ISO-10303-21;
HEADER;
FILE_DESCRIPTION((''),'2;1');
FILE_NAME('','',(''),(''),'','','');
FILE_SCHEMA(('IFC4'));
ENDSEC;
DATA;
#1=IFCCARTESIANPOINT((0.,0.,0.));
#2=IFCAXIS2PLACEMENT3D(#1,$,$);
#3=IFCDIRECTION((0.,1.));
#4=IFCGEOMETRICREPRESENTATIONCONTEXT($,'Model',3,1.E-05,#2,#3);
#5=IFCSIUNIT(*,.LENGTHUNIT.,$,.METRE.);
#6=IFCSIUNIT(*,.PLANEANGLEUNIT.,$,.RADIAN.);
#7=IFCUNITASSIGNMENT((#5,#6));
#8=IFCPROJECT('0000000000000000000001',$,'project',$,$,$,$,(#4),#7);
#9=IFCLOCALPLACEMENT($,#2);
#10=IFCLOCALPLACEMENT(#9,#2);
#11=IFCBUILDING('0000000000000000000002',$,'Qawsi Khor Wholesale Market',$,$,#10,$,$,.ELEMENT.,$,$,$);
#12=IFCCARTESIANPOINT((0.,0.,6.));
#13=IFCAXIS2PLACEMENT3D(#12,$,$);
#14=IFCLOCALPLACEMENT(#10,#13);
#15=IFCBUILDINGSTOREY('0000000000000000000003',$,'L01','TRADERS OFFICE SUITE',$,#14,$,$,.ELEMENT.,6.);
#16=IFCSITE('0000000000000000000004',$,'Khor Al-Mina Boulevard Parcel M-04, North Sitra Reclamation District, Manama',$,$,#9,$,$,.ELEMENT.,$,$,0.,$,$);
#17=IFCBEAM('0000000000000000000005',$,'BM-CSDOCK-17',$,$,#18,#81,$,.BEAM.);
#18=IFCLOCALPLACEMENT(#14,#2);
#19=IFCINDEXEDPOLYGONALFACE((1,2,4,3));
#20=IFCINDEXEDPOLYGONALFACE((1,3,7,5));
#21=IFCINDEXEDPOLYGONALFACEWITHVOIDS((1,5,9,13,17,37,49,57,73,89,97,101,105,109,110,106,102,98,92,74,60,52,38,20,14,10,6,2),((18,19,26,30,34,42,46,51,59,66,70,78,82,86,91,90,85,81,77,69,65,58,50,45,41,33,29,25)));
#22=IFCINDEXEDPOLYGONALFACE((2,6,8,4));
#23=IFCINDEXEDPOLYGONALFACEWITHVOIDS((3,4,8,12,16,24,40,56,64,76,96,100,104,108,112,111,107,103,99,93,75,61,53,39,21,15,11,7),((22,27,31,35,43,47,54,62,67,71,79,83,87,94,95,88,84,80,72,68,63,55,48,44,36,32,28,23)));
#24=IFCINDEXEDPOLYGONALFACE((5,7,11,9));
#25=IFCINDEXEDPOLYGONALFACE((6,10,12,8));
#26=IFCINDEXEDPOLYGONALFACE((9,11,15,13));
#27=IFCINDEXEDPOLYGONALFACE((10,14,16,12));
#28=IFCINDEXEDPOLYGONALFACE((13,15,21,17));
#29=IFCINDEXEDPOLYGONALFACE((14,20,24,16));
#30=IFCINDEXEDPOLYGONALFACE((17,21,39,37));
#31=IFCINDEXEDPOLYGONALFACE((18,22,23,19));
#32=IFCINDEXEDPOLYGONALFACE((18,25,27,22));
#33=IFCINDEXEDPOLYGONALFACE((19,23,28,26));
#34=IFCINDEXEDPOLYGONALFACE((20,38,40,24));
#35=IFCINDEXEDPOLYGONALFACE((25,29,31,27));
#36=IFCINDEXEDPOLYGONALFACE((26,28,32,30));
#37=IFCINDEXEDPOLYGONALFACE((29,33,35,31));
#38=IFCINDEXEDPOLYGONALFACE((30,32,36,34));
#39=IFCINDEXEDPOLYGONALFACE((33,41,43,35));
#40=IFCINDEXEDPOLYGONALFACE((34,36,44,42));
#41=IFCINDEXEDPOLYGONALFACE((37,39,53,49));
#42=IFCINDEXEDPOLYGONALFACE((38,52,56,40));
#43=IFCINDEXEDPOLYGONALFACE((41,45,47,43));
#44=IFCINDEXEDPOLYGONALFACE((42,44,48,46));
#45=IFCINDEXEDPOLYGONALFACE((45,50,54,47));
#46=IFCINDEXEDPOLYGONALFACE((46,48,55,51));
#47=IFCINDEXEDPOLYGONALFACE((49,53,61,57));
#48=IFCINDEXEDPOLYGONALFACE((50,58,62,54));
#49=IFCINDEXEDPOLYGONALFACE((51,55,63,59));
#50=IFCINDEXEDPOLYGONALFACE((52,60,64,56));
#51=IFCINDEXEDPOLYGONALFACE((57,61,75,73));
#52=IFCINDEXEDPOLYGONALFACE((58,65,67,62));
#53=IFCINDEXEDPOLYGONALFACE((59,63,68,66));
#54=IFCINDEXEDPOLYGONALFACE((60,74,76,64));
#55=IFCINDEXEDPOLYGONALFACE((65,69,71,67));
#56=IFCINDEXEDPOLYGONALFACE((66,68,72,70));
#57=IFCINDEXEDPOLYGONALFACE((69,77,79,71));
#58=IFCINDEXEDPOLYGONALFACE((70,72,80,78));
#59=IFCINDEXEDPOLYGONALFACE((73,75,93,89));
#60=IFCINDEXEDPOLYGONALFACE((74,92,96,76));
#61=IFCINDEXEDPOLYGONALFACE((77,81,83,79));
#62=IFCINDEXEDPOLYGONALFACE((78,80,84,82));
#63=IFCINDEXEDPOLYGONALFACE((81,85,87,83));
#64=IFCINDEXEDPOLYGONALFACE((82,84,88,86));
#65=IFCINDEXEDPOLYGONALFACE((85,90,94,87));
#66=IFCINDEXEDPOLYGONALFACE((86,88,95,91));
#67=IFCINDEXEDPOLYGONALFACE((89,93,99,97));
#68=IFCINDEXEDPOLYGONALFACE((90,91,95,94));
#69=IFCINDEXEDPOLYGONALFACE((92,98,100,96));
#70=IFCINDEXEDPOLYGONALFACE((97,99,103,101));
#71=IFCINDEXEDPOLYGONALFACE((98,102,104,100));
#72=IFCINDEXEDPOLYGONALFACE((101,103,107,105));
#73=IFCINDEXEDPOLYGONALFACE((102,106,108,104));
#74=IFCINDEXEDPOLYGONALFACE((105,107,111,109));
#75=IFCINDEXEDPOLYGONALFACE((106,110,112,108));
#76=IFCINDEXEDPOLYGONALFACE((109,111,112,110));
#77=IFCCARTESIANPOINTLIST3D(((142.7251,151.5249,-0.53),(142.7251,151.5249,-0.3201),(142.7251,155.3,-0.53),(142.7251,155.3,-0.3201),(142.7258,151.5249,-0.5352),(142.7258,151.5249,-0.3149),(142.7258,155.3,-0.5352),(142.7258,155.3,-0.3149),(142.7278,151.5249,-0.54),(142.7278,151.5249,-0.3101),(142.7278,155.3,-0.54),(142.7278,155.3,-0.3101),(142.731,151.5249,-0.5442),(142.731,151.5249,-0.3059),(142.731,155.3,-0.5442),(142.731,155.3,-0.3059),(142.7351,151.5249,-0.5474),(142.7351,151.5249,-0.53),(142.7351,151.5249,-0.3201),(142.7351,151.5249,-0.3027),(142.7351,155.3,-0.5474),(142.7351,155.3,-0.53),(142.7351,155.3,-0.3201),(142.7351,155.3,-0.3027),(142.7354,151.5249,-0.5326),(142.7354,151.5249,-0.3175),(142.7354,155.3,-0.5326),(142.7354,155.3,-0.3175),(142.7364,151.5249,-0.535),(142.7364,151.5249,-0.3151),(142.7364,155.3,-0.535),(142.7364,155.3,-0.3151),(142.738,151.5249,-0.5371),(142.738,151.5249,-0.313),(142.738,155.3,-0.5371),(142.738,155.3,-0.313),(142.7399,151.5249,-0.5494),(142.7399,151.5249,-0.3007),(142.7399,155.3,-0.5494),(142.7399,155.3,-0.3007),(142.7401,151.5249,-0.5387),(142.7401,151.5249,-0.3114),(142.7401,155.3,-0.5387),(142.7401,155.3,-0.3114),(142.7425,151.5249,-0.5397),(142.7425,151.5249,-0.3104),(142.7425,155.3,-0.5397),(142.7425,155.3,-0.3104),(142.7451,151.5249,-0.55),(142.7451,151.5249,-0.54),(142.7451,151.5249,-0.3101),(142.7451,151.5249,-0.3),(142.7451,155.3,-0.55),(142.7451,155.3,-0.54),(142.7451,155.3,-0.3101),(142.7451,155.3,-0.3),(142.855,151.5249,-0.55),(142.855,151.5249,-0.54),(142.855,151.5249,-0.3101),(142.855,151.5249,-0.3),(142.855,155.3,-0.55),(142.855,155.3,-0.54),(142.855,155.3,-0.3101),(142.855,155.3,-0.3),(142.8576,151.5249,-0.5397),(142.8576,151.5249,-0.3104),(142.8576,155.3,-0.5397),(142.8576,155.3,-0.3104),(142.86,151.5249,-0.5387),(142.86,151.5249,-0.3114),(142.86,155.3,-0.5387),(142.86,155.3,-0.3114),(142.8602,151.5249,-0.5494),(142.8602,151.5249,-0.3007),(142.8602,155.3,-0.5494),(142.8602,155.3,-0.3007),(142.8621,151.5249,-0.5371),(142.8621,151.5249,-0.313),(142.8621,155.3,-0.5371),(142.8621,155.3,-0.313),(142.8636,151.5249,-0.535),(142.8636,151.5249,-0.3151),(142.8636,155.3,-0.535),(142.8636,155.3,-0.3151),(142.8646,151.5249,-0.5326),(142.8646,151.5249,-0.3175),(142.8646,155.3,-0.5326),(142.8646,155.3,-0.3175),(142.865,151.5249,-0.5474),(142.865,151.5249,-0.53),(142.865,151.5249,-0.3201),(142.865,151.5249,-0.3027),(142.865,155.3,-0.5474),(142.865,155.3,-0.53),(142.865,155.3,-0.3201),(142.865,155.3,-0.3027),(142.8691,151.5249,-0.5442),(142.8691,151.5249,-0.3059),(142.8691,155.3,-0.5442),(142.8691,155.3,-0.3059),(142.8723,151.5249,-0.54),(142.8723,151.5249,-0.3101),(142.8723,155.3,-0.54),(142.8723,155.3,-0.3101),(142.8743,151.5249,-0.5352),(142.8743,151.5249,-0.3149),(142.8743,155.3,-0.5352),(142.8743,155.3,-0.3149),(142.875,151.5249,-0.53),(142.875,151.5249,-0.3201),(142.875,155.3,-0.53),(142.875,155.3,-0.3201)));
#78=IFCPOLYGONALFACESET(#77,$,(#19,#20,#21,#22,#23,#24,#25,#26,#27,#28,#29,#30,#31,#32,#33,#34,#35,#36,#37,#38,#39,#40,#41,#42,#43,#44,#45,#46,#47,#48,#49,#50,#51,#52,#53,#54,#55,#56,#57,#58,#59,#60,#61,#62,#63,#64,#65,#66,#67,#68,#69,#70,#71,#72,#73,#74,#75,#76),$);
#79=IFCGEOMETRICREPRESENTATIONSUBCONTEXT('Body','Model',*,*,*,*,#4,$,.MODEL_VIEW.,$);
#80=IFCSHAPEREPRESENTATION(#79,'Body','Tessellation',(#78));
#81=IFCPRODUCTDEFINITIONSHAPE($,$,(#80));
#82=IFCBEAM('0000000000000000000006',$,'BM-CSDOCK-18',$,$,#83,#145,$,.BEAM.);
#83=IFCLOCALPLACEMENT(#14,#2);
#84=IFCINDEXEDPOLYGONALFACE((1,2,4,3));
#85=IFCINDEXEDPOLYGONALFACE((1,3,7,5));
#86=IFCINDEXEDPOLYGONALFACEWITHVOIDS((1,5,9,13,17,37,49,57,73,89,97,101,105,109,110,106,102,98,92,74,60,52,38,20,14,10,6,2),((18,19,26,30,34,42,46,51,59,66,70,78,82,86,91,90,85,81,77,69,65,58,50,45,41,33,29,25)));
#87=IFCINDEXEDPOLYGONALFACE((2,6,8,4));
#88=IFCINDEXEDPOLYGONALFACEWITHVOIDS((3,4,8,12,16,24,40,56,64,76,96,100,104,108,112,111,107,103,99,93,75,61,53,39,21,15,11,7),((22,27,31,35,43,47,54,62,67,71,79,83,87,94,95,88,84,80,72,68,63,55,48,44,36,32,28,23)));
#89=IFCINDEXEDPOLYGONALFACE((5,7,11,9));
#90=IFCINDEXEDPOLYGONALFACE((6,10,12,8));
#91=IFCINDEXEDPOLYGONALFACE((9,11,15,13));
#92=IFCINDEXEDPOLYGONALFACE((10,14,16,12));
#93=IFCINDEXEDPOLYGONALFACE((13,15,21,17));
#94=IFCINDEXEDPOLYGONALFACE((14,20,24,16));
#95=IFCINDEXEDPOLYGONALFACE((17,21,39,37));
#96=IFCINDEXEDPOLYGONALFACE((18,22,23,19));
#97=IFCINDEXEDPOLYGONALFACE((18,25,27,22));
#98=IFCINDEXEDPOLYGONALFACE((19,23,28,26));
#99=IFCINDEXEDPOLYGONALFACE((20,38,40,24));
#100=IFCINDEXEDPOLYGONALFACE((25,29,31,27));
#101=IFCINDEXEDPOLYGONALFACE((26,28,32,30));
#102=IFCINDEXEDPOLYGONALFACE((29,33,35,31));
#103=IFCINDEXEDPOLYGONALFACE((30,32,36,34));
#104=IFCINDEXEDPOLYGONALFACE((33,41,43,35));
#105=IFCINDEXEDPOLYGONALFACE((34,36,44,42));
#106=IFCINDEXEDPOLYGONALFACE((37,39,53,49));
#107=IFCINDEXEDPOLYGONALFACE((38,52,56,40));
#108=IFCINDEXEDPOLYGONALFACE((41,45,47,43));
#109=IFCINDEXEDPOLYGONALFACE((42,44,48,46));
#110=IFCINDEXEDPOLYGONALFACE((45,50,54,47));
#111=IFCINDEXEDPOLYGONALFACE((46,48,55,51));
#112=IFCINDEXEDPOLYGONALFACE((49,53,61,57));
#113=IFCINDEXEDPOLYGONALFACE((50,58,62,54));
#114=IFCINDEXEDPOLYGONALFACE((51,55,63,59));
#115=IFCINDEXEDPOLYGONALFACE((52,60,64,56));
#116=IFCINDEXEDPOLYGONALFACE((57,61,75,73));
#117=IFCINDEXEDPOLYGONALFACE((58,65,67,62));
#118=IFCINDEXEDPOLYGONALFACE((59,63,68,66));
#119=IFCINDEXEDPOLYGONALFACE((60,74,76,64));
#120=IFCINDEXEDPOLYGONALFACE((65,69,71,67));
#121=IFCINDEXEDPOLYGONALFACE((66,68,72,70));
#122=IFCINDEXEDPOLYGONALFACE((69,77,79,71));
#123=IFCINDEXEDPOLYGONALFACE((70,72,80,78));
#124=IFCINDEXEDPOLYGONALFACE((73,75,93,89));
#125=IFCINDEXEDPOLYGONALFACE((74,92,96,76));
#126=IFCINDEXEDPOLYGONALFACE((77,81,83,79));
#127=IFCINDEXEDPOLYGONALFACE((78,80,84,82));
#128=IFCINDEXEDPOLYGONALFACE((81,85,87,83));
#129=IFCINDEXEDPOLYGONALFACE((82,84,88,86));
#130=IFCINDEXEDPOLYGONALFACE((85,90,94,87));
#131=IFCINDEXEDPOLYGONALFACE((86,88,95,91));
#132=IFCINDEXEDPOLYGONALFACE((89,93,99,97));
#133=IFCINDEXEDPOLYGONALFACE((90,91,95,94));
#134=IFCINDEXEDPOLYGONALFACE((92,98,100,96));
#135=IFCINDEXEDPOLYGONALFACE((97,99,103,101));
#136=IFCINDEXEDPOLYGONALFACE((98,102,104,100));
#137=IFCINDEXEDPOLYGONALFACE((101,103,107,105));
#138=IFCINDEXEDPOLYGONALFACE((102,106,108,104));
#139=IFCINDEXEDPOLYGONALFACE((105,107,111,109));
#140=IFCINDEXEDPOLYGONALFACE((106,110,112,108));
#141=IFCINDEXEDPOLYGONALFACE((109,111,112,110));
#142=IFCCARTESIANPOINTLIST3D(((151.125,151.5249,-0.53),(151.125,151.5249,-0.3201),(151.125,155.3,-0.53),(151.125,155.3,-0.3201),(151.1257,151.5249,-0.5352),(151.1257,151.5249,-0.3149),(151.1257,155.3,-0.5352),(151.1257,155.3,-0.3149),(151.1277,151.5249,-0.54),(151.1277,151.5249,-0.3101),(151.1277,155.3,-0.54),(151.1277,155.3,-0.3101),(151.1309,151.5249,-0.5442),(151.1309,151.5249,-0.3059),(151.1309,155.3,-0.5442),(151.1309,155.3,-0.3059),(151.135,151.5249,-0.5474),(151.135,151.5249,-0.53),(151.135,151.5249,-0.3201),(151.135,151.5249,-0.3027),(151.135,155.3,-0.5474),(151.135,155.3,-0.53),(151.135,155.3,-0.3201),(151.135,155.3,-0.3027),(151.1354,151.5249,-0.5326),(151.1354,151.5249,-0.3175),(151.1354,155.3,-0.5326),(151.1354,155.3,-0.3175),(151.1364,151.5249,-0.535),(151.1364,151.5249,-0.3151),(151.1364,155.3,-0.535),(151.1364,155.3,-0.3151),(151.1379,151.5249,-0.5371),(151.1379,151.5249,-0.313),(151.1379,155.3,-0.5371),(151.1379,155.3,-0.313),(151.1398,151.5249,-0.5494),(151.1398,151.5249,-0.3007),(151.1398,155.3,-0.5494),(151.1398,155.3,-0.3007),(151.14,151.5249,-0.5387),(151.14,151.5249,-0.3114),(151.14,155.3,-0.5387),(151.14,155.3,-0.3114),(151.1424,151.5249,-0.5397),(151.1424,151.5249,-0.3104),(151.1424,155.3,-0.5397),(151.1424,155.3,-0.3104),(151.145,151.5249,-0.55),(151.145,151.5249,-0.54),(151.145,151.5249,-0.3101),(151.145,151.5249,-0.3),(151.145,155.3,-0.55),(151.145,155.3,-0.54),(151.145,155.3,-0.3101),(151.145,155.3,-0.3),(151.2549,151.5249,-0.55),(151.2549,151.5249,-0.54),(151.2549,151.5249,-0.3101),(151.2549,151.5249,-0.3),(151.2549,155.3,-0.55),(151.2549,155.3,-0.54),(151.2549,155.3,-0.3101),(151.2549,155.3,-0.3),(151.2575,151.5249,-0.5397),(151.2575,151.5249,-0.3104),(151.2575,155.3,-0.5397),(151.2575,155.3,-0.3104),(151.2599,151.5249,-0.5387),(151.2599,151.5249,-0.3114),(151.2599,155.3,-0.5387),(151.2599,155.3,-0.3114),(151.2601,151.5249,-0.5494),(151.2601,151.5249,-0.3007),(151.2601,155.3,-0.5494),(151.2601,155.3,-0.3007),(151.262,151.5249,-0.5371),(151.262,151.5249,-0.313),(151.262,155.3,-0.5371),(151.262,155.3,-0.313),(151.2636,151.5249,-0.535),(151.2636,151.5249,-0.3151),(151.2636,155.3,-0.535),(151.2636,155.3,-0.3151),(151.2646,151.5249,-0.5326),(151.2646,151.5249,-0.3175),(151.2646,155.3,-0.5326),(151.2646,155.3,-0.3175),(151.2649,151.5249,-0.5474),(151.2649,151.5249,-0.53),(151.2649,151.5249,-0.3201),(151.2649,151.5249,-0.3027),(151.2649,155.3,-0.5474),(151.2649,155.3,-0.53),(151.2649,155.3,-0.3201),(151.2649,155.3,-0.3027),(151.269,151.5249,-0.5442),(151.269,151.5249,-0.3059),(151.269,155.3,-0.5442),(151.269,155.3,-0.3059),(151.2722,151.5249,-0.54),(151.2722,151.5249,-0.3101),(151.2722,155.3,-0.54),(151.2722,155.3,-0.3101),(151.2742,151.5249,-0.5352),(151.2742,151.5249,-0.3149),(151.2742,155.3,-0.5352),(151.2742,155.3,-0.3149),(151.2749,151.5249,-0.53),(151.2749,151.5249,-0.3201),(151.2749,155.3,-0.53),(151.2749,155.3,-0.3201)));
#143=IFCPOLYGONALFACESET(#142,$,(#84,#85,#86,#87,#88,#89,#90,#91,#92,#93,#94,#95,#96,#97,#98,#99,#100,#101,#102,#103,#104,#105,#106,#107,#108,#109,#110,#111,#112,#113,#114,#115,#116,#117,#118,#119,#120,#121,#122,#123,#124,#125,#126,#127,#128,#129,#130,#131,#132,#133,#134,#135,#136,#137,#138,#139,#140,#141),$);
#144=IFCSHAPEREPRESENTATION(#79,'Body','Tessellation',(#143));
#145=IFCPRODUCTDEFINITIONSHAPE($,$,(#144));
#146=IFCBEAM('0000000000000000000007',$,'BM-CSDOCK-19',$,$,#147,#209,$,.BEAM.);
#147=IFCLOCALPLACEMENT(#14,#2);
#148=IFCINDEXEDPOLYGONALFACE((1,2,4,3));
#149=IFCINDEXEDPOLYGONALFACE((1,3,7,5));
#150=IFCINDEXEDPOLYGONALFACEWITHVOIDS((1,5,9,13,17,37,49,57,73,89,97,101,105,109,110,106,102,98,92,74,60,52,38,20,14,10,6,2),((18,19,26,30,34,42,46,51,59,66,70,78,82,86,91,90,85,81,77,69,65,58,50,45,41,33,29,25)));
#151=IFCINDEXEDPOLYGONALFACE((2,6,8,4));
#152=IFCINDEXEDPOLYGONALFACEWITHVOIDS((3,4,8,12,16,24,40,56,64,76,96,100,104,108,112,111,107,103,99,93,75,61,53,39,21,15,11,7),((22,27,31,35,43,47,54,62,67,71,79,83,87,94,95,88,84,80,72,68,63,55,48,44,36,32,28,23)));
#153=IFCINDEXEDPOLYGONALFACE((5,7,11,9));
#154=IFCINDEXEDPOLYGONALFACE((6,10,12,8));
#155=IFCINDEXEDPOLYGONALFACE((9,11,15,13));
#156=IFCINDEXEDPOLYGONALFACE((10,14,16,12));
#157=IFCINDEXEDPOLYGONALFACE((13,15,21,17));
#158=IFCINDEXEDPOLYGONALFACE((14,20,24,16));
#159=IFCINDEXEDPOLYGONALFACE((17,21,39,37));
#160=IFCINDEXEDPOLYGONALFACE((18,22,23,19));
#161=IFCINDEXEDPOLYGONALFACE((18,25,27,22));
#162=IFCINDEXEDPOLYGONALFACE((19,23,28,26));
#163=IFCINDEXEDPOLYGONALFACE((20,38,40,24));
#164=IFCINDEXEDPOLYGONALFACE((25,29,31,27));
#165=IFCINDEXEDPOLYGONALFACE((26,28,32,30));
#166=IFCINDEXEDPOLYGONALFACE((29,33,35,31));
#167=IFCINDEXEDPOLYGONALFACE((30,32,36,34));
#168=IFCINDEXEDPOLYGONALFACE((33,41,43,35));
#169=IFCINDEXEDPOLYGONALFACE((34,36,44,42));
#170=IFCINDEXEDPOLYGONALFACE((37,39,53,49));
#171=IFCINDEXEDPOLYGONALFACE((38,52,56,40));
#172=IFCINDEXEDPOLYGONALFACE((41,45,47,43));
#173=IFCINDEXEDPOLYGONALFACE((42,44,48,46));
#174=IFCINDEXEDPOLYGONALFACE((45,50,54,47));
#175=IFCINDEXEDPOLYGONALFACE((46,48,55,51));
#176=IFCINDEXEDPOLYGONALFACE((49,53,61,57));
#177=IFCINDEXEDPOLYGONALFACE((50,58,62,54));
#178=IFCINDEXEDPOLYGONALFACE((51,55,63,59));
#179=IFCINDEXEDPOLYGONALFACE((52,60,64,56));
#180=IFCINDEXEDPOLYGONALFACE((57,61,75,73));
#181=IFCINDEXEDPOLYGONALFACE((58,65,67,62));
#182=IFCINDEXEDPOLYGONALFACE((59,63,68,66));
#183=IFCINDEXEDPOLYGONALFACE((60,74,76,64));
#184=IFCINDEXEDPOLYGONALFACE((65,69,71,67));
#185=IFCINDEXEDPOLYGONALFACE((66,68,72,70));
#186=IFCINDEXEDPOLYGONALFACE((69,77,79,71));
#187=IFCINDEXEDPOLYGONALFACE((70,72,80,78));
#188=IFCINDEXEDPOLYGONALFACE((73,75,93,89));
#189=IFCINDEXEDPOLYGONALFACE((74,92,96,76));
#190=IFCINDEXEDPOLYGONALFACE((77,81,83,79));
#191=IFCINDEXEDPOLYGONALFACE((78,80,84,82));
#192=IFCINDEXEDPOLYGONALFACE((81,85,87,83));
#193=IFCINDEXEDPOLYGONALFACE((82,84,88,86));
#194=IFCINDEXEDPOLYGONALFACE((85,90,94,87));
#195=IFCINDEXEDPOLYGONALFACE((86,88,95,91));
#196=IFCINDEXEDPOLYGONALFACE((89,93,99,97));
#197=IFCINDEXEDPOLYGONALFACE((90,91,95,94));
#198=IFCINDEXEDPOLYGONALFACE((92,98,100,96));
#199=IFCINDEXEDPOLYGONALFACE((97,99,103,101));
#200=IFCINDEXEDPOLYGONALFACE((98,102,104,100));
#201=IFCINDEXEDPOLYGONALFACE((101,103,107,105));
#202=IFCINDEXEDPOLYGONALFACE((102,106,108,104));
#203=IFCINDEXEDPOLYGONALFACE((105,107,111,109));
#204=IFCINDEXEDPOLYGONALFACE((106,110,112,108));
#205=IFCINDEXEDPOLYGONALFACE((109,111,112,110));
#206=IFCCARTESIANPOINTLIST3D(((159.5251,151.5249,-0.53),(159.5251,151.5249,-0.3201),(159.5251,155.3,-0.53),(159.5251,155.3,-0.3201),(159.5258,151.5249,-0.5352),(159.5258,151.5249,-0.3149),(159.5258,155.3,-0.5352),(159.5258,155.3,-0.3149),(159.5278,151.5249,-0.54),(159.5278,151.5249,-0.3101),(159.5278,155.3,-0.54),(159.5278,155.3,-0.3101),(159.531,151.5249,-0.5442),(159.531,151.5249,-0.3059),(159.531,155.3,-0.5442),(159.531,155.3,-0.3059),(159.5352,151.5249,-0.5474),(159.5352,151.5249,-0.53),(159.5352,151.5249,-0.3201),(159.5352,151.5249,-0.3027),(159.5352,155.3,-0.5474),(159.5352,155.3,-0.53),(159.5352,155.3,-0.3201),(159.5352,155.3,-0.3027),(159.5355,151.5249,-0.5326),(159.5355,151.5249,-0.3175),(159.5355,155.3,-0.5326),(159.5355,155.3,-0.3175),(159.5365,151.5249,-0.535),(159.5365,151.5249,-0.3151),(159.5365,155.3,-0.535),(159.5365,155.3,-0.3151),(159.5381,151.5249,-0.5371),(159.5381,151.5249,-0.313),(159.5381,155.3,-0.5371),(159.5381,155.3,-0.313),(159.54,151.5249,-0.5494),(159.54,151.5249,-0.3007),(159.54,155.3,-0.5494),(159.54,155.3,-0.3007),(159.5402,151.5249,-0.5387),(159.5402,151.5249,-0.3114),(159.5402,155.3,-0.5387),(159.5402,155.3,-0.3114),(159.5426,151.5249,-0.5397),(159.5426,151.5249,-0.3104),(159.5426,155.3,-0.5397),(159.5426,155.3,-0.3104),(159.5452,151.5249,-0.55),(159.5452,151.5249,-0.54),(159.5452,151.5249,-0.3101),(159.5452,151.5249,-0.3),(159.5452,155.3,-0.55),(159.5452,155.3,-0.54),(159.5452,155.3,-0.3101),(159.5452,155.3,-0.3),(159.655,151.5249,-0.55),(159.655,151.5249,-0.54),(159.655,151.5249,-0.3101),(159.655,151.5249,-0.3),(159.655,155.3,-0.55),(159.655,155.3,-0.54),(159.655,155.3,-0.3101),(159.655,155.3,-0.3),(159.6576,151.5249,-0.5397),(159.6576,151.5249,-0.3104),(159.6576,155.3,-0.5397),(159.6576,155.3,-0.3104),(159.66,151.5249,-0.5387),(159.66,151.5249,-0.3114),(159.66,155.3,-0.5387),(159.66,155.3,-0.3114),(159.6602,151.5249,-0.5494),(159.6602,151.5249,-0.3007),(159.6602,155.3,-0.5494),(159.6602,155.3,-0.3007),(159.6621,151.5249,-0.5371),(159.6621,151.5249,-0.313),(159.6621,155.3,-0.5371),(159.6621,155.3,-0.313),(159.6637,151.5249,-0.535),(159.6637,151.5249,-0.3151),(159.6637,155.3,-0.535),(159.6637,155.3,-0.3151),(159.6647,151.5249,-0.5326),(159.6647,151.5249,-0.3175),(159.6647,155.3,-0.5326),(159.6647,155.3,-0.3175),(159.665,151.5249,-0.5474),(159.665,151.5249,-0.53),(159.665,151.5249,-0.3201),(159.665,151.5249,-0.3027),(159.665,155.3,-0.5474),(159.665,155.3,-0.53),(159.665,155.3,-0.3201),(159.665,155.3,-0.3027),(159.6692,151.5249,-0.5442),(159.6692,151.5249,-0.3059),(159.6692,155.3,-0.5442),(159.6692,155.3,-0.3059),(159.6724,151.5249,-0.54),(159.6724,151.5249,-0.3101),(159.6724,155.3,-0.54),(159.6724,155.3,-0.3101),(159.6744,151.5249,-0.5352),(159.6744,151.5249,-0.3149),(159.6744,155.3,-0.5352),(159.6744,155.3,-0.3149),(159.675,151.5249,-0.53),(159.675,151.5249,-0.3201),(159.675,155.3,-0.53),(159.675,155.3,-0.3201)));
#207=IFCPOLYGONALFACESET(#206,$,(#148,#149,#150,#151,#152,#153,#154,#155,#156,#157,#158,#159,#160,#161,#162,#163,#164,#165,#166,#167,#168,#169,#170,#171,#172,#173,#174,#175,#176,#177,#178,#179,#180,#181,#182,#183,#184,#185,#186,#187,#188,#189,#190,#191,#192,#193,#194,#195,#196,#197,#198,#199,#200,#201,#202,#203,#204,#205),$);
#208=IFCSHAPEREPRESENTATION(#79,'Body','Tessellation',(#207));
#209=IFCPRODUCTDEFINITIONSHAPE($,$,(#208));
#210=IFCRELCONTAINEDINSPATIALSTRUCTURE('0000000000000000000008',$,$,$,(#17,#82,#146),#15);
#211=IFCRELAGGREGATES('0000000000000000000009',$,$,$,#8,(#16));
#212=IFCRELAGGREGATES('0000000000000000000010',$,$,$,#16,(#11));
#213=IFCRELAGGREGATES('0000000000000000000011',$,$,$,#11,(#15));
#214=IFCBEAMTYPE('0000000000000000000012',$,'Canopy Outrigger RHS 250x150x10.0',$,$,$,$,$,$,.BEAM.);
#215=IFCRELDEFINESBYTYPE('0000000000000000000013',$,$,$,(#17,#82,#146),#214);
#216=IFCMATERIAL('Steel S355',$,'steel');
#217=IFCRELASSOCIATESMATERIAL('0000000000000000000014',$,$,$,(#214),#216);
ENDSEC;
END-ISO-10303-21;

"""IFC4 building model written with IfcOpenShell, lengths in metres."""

from ifc_helpers import new_model, si_unit, direction, frame, origin, origin_2d, place, context, subcontext, project, spatial, hollow_rectangle, extrude, material, material_profile, profile_set, type_object, element, save


model = new_model("IFC4")

# Units and contexts
model_context = context("Model", 3, precision=1e-05, world=origin(), true_north=direction((0.0, 1.0)))
body_context = subcontext(model_context, "Body", "Model", "MODEL_VIEW")
ifc_project = project(units=[si_unit("LENGTHUNIT", "METRE"), si_unit("PLANEANGLEUNIT", "RADIAN")], contexts=[model_context])

# Site, building, storey
site_placement = place(None, origin())
site = spatial("IfcSite", under=ifc_project, at=site_placement, Name="Khor Al-Mina Boulevard Parcel M-04, North Sitra Reclamation District, Manama", CompositionType="ELEMENT", RefElevation=0.0)
building_placement = place(site_placement, origin())
building = spatial("IfcBuilding", under=site, at=building_placement, Name="Qawsi Khor Wholesale Market", CompositionType="ELEMENT")
storey_placement = place(building_placement, frame((0.0, 0.0, 6.0)))
storey = spatial("IfcBuildingStorey", under=building, at=storey_placement, Name="L01", Description="TRADERS OFFICE SUITE", CompositionType="ELEMENT", Elevation=6.0)

# Beams
ifc_material_1 = material(Name="Steel S355", Category="steel")
ifc_material_profile_1 = material_profile(ifc_material_1, hollow_rectangle(XDim=0.1499, YDim=0.25, WallThickness=0.01, InnerFilletRadius=0.01, OuterFilletRadius=0.02, at=origin_2d()), Name="RHS 250x150x10.0")
ifc_profile_set_1 = profile_set([ifc_material_profile_1], Name="Steel S355")
beam_type_1 = type_object("IfcBeamType", Name="Canopy Outrigger RHS 250x150x10.0", PredefinedType="BEAM", material=ifc_profile_set_1)
for number, where, z_axis, x_axis, name in (
    (1, (142.8, 151.5249, -0.425), (0.0, 1.0, 0.0), (-1.0, 0.0, 0.0), "BM-CSDOCK-17"),
    (2, (151.2, 151.5249, -0.425), (0.0, 1.0, 0.0), (-1.0, 0.0, 0.0), "BM-CSDOCK-18"),
    (3, (159.6001, 151.5249, -0.425), (0.0, 1.0, 0.0), (-1.0, 0.0, 0.0), "BM-CSDOCK-19"),
):
    element("IfcBeam", number, at=place(storey_placement, frame(where, z_axis=z_axis, x_axis=x_axis)), inside=storey, type_object=beam_type_1, Name=name, PredefinedType="BEAM", context=body_context, shape_type="SweptSolid", body=[
        extrude(hollow_rectangle(XDim=0.1499, YDim=0.25, WallThickness=0.01, InnerFilletRadius=0.01, OuterFilletRadius=0.02, at=origin_2d()), origin(), (0.0, 0.0, 1.0), 3.7751),
    ])

save(model, "model.ifc")
